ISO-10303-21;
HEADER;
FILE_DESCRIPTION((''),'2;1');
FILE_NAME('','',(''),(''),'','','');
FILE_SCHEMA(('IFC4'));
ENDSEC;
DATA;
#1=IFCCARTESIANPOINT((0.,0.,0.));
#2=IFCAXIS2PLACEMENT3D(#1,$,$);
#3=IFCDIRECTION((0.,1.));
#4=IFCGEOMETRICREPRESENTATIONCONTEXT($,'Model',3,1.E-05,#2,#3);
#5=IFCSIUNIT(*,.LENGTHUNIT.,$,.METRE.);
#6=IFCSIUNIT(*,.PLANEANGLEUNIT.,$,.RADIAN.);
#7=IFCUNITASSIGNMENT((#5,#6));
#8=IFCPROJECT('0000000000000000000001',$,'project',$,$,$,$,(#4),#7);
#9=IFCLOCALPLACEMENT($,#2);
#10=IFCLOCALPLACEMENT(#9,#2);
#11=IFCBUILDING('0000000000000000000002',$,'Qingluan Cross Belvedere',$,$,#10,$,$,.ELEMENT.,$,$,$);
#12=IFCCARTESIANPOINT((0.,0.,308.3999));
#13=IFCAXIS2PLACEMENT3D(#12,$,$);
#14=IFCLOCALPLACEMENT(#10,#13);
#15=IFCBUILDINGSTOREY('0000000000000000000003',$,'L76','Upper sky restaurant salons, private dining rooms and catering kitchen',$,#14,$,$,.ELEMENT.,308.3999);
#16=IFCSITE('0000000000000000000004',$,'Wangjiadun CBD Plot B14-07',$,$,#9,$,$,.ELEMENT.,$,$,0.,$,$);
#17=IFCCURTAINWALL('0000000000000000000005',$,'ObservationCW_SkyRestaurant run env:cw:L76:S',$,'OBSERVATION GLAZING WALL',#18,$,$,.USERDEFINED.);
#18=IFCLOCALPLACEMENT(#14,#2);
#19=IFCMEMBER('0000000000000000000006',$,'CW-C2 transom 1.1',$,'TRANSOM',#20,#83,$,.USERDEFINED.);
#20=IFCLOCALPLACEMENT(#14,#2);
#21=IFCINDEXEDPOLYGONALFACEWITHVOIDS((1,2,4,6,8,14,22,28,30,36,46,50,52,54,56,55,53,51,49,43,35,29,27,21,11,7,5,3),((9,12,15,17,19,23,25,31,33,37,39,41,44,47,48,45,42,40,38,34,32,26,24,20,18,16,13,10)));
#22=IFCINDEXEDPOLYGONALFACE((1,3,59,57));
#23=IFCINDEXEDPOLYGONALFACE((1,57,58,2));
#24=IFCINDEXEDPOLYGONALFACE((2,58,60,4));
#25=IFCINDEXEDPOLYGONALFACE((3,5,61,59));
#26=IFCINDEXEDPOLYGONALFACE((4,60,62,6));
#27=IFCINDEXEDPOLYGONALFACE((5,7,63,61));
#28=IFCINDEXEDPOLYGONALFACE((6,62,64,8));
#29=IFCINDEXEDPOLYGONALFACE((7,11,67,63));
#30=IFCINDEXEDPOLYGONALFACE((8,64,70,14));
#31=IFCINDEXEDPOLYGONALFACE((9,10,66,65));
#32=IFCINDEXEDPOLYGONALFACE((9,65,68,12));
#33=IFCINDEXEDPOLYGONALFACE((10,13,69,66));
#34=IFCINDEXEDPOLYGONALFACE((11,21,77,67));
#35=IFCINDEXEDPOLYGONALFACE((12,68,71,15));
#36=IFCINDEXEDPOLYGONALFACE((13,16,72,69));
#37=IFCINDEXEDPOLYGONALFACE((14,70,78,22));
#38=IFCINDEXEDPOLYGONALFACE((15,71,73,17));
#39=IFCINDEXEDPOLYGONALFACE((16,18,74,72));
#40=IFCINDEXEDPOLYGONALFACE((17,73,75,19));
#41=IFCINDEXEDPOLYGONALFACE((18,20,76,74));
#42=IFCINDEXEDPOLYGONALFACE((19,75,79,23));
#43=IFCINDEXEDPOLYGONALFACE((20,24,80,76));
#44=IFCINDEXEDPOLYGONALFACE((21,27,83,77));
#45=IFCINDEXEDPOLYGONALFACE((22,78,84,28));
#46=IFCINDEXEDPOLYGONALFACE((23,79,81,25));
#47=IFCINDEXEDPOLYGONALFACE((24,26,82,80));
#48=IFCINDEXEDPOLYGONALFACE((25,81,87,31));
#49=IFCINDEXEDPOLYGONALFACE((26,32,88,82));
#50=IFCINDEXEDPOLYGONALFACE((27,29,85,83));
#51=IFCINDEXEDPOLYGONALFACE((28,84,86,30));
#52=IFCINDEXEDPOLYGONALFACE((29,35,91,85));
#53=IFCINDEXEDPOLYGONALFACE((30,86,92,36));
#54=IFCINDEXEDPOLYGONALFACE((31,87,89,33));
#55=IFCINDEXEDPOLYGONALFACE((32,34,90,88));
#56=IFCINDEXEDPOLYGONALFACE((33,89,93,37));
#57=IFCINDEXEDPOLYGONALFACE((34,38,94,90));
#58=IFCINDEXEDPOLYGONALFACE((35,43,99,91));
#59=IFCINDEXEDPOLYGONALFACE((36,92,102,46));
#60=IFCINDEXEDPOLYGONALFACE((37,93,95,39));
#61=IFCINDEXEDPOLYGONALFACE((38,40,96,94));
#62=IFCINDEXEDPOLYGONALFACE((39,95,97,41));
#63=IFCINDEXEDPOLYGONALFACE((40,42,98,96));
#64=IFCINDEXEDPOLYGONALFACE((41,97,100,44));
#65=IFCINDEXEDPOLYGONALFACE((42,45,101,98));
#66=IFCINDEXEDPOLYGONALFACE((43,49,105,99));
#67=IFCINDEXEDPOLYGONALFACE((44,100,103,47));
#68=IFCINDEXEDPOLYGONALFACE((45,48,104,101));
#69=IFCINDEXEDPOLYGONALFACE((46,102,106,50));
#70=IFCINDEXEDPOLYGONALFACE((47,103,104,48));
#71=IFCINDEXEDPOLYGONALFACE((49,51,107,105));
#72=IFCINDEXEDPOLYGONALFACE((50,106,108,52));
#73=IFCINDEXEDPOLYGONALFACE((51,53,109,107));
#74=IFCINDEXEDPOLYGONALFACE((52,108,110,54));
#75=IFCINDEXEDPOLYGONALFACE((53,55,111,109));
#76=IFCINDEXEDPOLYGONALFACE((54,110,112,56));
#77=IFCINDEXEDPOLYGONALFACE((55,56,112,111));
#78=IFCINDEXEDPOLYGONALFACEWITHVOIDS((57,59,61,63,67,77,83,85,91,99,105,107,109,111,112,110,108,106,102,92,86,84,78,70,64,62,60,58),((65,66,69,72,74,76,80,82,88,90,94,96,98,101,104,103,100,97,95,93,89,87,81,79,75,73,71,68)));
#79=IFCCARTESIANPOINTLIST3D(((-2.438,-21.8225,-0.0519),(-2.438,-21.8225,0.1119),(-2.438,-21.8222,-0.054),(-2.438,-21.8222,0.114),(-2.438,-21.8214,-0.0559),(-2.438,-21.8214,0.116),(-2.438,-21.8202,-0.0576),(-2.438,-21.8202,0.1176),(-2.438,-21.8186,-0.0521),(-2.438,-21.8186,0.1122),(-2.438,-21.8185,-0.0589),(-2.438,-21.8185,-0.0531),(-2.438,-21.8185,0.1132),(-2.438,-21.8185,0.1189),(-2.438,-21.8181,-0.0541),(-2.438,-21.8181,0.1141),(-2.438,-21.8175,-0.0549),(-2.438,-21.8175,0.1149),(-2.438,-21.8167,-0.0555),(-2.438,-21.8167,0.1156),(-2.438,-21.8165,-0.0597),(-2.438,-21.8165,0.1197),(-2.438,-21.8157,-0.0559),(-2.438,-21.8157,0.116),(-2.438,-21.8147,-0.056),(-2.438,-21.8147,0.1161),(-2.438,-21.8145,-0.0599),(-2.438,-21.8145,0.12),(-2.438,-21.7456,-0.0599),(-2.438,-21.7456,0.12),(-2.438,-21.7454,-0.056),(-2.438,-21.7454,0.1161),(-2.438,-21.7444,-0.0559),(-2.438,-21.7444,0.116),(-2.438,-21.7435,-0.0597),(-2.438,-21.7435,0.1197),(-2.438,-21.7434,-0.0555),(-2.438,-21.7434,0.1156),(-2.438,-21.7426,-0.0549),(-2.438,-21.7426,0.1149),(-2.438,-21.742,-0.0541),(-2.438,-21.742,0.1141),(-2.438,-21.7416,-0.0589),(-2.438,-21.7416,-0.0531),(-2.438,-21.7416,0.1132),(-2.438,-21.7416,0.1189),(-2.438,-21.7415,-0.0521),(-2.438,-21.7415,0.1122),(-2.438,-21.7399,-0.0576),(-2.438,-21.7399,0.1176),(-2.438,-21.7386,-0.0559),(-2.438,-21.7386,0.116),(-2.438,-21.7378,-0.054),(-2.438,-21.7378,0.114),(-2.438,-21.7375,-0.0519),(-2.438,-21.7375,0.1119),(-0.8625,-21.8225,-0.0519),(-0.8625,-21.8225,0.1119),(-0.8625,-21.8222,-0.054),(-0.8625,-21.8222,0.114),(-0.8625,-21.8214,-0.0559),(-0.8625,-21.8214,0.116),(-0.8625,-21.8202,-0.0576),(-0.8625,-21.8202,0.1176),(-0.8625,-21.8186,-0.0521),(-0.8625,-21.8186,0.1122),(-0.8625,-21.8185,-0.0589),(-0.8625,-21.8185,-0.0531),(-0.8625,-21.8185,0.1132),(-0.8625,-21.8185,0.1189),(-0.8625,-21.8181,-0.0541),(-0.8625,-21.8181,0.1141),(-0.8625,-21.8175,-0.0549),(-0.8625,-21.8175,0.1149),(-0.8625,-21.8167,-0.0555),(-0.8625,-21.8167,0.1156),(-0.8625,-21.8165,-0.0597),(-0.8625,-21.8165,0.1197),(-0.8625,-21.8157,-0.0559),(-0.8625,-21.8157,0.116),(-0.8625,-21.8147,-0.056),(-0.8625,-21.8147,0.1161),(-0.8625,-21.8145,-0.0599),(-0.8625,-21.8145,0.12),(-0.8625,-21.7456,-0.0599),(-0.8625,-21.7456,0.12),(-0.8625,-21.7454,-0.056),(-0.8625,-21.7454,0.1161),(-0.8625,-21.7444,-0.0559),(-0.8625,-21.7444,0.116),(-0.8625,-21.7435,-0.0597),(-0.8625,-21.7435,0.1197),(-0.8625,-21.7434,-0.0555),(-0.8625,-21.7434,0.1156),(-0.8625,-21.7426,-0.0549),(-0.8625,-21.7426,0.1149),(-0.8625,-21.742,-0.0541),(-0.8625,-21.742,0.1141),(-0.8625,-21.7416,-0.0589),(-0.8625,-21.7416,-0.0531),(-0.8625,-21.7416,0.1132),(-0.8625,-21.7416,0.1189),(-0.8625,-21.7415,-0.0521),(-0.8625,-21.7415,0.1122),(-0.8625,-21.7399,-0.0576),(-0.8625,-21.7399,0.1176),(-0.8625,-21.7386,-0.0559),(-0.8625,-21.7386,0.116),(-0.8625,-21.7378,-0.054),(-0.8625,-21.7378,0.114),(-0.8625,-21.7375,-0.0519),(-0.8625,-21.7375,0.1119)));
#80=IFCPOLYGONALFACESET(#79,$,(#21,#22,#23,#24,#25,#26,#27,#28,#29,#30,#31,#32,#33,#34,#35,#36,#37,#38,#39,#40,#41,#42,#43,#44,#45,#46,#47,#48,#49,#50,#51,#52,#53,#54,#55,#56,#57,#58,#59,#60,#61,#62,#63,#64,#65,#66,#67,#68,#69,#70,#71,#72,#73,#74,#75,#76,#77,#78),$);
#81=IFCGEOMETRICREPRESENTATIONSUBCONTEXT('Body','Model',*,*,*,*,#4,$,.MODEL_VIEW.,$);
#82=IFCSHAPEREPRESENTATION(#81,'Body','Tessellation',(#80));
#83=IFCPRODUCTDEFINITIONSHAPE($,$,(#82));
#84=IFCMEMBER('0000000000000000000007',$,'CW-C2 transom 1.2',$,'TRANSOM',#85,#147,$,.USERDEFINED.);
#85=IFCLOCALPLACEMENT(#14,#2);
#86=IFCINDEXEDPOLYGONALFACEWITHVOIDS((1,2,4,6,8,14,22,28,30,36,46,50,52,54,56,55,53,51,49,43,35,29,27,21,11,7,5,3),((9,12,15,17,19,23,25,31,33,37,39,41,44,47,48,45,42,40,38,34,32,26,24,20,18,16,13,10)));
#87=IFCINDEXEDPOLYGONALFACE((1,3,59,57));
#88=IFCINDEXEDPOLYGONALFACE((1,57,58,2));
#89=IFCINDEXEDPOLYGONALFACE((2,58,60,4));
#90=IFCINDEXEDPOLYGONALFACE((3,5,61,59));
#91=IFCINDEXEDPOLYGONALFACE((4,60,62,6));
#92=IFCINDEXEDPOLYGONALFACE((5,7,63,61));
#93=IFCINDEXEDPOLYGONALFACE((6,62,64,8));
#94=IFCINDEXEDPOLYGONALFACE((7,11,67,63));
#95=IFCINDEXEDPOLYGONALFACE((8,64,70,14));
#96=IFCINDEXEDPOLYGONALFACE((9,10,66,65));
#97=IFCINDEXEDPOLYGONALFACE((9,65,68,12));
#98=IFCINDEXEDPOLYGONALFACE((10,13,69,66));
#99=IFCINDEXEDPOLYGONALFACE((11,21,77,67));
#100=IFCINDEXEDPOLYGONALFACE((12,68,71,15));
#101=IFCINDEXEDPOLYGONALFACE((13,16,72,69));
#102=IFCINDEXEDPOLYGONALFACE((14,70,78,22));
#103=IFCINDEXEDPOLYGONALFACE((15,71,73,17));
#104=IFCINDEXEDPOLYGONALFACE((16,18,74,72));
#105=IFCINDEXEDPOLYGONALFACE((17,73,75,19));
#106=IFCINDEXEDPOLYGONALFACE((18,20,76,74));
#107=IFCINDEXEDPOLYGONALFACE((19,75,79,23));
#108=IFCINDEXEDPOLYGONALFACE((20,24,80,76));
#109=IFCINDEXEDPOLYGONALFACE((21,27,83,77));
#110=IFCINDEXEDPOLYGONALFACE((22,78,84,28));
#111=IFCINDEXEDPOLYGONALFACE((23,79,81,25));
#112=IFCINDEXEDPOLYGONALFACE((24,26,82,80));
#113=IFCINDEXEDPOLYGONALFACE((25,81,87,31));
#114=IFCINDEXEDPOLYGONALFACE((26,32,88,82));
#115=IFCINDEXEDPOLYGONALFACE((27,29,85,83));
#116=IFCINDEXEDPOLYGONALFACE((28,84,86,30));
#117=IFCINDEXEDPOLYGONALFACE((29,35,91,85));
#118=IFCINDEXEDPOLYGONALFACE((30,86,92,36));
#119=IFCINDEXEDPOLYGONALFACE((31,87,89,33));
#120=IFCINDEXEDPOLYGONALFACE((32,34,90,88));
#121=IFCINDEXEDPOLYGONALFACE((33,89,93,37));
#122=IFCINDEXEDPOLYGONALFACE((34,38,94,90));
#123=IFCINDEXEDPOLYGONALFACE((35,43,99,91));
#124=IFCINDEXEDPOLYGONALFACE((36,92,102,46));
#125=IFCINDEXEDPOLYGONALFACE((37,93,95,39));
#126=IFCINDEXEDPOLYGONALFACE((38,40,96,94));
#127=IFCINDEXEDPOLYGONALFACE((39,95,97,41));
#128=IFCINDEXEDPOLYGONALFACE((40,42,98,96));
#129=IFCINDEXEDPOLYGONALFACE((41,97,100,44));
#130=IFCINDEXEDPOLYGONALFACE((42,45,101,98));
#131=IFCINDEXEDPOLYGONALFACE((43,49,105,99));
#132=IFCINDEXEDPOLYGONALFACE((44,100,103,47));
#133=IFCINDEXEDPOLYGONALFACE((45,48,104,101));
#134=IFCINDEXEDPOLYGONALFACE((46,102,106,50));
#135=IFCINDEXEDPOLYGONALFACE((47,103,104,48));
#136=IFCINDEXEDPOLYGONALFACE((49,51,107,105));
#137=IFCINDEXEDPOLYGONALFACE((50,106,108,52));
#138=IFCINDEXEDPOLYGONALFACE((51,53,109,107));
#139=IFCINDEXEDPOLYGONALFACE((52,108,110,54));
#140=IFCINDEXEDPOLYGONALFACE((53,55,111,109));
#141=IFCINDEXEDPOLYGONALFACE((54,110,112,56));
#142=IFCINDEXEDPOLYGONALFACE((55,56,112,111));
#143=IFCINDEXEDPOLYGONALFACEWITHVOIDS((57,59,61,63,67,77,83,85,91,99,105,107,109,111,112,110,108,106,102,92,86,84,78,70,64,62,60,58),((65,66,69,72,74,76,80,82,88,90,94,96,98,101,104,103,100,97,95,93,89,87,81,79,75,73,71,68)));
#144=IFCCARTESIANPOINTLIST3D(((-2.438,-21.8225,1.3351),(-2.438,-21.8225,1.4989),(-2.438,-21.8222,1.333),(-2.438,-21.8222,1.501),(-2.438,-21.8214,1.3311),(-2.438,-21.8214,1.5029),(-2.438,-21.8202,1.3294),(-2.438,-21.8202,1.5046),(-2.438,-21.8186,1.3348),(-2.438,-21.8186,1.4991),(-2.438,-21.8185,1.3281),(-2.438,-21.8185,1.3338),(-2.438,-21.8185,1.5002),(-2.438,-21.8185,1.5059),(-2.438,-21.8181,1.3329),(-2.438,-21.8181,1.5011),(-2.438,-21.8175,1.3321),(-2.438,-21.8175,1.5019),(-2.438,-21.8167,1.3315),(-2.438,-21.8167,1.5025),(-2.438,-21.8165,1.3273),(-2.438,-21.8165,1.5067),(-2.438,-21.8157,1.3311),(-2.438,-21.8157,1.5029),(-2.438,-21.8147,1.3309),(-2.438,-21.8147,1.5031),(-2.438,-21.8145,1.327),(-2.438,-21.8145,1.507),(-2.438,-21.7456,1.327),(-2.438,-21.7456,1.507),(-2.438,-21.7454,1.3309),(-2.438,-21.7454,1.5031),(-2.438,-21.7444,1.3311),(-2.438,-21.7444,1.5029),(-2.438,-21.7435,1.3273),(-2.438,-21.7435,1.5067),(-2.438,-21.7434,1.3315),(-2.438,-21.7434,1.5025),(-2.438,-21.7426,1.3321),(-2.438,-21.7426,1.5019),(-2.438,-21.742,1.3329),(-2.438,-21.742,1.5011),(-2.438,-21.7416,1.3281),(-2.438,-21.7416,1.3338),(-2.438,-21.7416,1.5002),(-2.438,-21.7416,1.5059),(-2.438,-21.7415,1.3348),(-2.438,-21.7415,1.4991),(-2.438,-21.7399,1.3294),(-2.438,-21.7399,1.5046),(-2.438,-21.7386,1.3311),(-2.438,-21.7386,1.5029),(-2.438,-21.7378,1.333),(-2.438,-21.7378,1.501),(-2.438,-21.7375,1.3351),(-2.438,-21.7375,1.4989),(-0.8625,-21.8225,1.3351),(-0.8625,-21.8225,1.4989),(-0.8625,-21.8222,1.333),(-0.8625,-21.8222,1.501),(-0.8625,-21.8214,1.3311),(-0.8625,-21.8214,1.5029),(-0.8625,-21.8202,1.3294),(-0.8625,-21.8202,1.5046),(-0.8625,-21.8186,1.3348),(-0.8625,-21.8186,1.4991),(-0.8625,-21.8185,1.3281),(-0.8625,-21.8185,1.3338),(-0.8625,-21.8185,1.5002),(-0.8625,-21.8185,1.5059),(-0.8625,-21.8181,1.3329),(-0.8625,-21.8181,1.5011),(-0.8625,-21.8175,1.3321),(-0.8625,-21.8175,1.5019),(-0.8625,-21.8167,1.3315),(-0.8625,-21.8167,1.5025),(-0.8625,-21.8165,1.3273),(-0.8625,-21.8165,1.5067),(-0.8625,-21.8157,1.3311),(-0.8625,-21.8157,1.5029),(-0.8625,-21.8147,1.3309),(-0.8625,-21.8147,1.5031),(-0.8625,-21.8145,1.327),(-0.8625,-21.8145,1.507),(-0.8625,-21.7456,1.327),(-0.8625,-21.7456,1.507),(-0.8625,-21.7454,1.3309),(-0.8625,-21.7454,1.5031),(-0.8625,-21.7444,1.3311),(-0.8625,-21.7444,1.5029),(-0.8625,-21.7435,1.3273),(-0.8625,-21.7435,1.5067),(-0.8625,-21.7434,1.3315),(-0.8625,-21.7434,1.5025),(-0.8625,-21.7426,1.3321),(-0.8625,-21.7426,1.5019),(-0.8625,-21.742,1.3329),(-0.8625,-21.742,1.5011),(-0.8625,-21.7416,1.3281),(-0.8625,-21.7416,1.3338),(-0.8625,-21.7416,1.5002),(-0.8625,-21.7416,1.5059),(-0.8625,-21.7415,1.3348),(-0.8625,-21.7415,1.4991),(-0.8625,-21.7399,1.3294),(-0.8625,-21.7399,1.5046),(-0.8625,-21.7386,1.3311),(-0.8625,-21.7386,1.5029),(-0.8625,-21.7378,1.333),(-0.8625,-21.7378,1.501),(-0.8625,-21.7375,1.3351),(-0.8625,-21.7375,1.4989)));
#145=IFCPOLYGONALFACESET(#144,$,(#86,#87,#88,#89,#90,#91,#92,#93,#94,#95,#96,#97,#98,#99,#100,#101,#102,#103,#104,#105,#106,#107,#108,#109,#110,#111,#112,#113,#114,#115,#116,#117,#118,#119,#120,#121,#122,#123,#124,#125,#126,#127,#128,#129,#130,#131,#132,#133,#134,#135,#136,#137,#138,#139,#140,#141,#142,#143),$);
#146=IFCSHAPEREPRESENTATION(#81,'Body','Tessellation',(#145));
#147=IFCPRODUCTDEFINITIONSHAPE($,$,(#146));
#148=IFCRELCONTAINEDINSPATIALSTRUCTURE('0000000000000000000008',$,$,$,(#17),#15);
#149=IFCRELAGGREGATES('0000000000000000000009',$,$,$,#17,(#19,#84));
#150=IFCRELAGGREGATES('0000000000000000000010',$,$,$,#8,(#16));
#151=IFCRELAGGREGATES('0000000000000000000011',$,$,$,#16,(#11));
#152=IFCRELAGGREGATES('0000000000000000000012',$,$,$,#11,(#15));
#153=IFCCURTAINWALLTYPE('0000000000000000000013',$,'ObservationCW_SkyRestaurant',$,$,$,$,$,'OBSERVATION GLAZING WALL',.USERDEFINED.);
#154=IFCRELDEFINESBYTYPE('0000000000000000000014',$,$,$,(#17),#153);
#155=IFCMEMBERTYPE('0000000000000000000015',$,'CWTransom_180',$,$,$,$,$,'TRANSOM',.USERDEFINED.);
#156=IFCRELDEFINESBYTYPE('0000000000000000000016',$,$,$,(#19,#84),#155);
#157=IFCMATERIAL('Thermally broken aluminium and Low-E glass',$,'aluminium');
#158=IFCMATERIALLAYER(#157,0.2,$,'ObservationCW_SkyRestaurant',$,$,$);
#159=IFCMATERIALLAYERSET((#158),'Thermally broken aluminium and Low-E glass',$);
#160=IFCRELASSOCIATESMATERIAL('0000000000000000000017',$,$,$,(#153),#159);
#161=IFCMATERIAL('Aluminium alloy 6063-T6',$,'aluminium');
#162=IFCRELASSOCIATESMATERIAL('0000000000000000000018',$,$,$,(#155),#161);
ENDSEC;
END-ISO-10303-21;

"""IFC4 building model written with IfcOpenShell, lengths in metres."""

from ifc_helpers import new_model, si_unit, direction, frame, origin, origin_2d, place, context, subcontext, project, spatial, hollow_rectangle, extrude, material, layer, layer_set, material_profile, profile_set, type_object, element, aggregate, save


model = new_model("IFC4")

# Units and contexts
model_context = context("Model", 3, precision=1e-05, world=origin(), true_north=direction((0.0, 1.0)))
body_context = subcontext(model_context, "Body", "Model", "MODEL_VIEW")
ifc_project = project(units=[si_unit("LENGTHUNIT", "METRE"), si_unit("PLANEANGLEUNIT", "RADIAN")], contexts=[model_context])

# Site, building, storey
site_placement = place(None, origin())
site = spatial("IfcSite", under=ifc_project, at=site_placement, Name="Wangjiadun CBD Plot B14-07", CompositionType="ELEMENT", RefElevation=0.0)
building_placement = place(site_placement, origin())
building = spatial("IfcBuilding", under=site, at=building_placement, Name="Qingluan Cross Belvedere", CompositionType="ELEMENT")
storey_placement = place(building_placement, frame((0.0, 0.0, 308.3999)))
storey = spatial("IfcBuildingStorey", under=building, at=storey_placement, Name="L76", Description="Upper sky restaurant salons, private dining rooms and catering kitchen", CompositionType="ELEMENT", Elevation=308.3999)

# Curtain wall, members
ifc_material_1 = material(Name="Thermally broken aluminium and Low-E glass", Category="aluminium")
ifc_layer_1 = layer(ifc_material_1, 0.2, Name="ObservationCW_SkyRestaurant")
ifc_layer_set_1 = layer_set([ifc_layer_1], Name="Thermally broken aluminium and Low-E glass")
curtain_wall_type = type_object("IfcCurtainWallType", Name="ObservationCW_SkyRestaurant", ElementType="OBSERVATION GLAZING WALL", PredefinedType="USERDEFINED", material=ifc_layer_set_1)
curtain_wall_placement = place(storey_placement, origin())
curtain_wall = element("IfcCurtainWall", 1, at=curtain_wall_placement, inside=storey, type_object=curtain_wall_type, Name="ObservationCW_SkyRestaurant run env:cw:L76:S", ObjectType="OBSERVATION GLAZING WALL", PredefinedType="USERDEFINED")
ifc_material_2 = material(Name="Aluminium alloy 6063-T6", Category="aluminium")
ifc_material_profile_1 = material_profile(ifc_material_2, hollow_rectangle(XDim=0.085, YDim=0.1799, WallThickness=0.0039, InnerFilletRadius=0.0039, OuterFilletRadius=0.0081, at=origin_2d()), Name="CWT180x85x4")
ifc_profile_set_1 = profile_set([ifc_material_profile_1], Name="Aluminium alloy 6063-T6")
member_type_1 = type_object("IfcMemberType", Name="CWTransom_180", ElementType="TRANSOM", PredefinedType="USERDEFINED", material=ifc_profile_set_1)
member_1_placement = place(storey_placement, frame((-2.438, -21.78, 0.03), z_axis=(1.0, 0.0, 0.0), x_axis=(0.0, 1.0, 0.0)))
member_1 = element("IfcMember", 2, at=member_1_placement, type_object=member_type_1, Name="CW-C2 transom 1.1", ObjectType="TRANSOM", PredefinedType="USERDEFINED", context=body_context, shape_type="SweptSolid", body=[
    extrude(hollow_rectangle(XDim=0.085, YDim=0.1799, WallThickness=0.0039, InnerFilletRadius=0.0039, OuterFilletRadius=0.0081, at=origin_2d()), origin(), (0.0, 0.0, 1.0), 1.5754),
])
member_2_placement = place(storey_placement, frame((-2.438, -21.78, 1.417), z_axis=(1.0, 0.0, 0.0), x_axis=(0.0, 1.0, 0.0)))
member_2 = element("IfcMember", 3, at=member_2_placement, type_object=member_type_1, Name="CW-C2 transom 1.2", ObjectType="TRANSOM", PredefinedType="USERDEFINED", context=body_context, shape_type="SweptSolid", body=[
    extrude(hollow_rectangle(XDim=0.085, YDim=0.1799, WallThickness=0.0039, InnerFilletRadius=0.0039, OuterFilletRadius=0.0081, at=origin_2d()), origin(), (0.0, 0.0, 1.0), 1.5754),
])

aggregate(curtain_wall, [member_1, member_2])

save(model, "model.ifc")
